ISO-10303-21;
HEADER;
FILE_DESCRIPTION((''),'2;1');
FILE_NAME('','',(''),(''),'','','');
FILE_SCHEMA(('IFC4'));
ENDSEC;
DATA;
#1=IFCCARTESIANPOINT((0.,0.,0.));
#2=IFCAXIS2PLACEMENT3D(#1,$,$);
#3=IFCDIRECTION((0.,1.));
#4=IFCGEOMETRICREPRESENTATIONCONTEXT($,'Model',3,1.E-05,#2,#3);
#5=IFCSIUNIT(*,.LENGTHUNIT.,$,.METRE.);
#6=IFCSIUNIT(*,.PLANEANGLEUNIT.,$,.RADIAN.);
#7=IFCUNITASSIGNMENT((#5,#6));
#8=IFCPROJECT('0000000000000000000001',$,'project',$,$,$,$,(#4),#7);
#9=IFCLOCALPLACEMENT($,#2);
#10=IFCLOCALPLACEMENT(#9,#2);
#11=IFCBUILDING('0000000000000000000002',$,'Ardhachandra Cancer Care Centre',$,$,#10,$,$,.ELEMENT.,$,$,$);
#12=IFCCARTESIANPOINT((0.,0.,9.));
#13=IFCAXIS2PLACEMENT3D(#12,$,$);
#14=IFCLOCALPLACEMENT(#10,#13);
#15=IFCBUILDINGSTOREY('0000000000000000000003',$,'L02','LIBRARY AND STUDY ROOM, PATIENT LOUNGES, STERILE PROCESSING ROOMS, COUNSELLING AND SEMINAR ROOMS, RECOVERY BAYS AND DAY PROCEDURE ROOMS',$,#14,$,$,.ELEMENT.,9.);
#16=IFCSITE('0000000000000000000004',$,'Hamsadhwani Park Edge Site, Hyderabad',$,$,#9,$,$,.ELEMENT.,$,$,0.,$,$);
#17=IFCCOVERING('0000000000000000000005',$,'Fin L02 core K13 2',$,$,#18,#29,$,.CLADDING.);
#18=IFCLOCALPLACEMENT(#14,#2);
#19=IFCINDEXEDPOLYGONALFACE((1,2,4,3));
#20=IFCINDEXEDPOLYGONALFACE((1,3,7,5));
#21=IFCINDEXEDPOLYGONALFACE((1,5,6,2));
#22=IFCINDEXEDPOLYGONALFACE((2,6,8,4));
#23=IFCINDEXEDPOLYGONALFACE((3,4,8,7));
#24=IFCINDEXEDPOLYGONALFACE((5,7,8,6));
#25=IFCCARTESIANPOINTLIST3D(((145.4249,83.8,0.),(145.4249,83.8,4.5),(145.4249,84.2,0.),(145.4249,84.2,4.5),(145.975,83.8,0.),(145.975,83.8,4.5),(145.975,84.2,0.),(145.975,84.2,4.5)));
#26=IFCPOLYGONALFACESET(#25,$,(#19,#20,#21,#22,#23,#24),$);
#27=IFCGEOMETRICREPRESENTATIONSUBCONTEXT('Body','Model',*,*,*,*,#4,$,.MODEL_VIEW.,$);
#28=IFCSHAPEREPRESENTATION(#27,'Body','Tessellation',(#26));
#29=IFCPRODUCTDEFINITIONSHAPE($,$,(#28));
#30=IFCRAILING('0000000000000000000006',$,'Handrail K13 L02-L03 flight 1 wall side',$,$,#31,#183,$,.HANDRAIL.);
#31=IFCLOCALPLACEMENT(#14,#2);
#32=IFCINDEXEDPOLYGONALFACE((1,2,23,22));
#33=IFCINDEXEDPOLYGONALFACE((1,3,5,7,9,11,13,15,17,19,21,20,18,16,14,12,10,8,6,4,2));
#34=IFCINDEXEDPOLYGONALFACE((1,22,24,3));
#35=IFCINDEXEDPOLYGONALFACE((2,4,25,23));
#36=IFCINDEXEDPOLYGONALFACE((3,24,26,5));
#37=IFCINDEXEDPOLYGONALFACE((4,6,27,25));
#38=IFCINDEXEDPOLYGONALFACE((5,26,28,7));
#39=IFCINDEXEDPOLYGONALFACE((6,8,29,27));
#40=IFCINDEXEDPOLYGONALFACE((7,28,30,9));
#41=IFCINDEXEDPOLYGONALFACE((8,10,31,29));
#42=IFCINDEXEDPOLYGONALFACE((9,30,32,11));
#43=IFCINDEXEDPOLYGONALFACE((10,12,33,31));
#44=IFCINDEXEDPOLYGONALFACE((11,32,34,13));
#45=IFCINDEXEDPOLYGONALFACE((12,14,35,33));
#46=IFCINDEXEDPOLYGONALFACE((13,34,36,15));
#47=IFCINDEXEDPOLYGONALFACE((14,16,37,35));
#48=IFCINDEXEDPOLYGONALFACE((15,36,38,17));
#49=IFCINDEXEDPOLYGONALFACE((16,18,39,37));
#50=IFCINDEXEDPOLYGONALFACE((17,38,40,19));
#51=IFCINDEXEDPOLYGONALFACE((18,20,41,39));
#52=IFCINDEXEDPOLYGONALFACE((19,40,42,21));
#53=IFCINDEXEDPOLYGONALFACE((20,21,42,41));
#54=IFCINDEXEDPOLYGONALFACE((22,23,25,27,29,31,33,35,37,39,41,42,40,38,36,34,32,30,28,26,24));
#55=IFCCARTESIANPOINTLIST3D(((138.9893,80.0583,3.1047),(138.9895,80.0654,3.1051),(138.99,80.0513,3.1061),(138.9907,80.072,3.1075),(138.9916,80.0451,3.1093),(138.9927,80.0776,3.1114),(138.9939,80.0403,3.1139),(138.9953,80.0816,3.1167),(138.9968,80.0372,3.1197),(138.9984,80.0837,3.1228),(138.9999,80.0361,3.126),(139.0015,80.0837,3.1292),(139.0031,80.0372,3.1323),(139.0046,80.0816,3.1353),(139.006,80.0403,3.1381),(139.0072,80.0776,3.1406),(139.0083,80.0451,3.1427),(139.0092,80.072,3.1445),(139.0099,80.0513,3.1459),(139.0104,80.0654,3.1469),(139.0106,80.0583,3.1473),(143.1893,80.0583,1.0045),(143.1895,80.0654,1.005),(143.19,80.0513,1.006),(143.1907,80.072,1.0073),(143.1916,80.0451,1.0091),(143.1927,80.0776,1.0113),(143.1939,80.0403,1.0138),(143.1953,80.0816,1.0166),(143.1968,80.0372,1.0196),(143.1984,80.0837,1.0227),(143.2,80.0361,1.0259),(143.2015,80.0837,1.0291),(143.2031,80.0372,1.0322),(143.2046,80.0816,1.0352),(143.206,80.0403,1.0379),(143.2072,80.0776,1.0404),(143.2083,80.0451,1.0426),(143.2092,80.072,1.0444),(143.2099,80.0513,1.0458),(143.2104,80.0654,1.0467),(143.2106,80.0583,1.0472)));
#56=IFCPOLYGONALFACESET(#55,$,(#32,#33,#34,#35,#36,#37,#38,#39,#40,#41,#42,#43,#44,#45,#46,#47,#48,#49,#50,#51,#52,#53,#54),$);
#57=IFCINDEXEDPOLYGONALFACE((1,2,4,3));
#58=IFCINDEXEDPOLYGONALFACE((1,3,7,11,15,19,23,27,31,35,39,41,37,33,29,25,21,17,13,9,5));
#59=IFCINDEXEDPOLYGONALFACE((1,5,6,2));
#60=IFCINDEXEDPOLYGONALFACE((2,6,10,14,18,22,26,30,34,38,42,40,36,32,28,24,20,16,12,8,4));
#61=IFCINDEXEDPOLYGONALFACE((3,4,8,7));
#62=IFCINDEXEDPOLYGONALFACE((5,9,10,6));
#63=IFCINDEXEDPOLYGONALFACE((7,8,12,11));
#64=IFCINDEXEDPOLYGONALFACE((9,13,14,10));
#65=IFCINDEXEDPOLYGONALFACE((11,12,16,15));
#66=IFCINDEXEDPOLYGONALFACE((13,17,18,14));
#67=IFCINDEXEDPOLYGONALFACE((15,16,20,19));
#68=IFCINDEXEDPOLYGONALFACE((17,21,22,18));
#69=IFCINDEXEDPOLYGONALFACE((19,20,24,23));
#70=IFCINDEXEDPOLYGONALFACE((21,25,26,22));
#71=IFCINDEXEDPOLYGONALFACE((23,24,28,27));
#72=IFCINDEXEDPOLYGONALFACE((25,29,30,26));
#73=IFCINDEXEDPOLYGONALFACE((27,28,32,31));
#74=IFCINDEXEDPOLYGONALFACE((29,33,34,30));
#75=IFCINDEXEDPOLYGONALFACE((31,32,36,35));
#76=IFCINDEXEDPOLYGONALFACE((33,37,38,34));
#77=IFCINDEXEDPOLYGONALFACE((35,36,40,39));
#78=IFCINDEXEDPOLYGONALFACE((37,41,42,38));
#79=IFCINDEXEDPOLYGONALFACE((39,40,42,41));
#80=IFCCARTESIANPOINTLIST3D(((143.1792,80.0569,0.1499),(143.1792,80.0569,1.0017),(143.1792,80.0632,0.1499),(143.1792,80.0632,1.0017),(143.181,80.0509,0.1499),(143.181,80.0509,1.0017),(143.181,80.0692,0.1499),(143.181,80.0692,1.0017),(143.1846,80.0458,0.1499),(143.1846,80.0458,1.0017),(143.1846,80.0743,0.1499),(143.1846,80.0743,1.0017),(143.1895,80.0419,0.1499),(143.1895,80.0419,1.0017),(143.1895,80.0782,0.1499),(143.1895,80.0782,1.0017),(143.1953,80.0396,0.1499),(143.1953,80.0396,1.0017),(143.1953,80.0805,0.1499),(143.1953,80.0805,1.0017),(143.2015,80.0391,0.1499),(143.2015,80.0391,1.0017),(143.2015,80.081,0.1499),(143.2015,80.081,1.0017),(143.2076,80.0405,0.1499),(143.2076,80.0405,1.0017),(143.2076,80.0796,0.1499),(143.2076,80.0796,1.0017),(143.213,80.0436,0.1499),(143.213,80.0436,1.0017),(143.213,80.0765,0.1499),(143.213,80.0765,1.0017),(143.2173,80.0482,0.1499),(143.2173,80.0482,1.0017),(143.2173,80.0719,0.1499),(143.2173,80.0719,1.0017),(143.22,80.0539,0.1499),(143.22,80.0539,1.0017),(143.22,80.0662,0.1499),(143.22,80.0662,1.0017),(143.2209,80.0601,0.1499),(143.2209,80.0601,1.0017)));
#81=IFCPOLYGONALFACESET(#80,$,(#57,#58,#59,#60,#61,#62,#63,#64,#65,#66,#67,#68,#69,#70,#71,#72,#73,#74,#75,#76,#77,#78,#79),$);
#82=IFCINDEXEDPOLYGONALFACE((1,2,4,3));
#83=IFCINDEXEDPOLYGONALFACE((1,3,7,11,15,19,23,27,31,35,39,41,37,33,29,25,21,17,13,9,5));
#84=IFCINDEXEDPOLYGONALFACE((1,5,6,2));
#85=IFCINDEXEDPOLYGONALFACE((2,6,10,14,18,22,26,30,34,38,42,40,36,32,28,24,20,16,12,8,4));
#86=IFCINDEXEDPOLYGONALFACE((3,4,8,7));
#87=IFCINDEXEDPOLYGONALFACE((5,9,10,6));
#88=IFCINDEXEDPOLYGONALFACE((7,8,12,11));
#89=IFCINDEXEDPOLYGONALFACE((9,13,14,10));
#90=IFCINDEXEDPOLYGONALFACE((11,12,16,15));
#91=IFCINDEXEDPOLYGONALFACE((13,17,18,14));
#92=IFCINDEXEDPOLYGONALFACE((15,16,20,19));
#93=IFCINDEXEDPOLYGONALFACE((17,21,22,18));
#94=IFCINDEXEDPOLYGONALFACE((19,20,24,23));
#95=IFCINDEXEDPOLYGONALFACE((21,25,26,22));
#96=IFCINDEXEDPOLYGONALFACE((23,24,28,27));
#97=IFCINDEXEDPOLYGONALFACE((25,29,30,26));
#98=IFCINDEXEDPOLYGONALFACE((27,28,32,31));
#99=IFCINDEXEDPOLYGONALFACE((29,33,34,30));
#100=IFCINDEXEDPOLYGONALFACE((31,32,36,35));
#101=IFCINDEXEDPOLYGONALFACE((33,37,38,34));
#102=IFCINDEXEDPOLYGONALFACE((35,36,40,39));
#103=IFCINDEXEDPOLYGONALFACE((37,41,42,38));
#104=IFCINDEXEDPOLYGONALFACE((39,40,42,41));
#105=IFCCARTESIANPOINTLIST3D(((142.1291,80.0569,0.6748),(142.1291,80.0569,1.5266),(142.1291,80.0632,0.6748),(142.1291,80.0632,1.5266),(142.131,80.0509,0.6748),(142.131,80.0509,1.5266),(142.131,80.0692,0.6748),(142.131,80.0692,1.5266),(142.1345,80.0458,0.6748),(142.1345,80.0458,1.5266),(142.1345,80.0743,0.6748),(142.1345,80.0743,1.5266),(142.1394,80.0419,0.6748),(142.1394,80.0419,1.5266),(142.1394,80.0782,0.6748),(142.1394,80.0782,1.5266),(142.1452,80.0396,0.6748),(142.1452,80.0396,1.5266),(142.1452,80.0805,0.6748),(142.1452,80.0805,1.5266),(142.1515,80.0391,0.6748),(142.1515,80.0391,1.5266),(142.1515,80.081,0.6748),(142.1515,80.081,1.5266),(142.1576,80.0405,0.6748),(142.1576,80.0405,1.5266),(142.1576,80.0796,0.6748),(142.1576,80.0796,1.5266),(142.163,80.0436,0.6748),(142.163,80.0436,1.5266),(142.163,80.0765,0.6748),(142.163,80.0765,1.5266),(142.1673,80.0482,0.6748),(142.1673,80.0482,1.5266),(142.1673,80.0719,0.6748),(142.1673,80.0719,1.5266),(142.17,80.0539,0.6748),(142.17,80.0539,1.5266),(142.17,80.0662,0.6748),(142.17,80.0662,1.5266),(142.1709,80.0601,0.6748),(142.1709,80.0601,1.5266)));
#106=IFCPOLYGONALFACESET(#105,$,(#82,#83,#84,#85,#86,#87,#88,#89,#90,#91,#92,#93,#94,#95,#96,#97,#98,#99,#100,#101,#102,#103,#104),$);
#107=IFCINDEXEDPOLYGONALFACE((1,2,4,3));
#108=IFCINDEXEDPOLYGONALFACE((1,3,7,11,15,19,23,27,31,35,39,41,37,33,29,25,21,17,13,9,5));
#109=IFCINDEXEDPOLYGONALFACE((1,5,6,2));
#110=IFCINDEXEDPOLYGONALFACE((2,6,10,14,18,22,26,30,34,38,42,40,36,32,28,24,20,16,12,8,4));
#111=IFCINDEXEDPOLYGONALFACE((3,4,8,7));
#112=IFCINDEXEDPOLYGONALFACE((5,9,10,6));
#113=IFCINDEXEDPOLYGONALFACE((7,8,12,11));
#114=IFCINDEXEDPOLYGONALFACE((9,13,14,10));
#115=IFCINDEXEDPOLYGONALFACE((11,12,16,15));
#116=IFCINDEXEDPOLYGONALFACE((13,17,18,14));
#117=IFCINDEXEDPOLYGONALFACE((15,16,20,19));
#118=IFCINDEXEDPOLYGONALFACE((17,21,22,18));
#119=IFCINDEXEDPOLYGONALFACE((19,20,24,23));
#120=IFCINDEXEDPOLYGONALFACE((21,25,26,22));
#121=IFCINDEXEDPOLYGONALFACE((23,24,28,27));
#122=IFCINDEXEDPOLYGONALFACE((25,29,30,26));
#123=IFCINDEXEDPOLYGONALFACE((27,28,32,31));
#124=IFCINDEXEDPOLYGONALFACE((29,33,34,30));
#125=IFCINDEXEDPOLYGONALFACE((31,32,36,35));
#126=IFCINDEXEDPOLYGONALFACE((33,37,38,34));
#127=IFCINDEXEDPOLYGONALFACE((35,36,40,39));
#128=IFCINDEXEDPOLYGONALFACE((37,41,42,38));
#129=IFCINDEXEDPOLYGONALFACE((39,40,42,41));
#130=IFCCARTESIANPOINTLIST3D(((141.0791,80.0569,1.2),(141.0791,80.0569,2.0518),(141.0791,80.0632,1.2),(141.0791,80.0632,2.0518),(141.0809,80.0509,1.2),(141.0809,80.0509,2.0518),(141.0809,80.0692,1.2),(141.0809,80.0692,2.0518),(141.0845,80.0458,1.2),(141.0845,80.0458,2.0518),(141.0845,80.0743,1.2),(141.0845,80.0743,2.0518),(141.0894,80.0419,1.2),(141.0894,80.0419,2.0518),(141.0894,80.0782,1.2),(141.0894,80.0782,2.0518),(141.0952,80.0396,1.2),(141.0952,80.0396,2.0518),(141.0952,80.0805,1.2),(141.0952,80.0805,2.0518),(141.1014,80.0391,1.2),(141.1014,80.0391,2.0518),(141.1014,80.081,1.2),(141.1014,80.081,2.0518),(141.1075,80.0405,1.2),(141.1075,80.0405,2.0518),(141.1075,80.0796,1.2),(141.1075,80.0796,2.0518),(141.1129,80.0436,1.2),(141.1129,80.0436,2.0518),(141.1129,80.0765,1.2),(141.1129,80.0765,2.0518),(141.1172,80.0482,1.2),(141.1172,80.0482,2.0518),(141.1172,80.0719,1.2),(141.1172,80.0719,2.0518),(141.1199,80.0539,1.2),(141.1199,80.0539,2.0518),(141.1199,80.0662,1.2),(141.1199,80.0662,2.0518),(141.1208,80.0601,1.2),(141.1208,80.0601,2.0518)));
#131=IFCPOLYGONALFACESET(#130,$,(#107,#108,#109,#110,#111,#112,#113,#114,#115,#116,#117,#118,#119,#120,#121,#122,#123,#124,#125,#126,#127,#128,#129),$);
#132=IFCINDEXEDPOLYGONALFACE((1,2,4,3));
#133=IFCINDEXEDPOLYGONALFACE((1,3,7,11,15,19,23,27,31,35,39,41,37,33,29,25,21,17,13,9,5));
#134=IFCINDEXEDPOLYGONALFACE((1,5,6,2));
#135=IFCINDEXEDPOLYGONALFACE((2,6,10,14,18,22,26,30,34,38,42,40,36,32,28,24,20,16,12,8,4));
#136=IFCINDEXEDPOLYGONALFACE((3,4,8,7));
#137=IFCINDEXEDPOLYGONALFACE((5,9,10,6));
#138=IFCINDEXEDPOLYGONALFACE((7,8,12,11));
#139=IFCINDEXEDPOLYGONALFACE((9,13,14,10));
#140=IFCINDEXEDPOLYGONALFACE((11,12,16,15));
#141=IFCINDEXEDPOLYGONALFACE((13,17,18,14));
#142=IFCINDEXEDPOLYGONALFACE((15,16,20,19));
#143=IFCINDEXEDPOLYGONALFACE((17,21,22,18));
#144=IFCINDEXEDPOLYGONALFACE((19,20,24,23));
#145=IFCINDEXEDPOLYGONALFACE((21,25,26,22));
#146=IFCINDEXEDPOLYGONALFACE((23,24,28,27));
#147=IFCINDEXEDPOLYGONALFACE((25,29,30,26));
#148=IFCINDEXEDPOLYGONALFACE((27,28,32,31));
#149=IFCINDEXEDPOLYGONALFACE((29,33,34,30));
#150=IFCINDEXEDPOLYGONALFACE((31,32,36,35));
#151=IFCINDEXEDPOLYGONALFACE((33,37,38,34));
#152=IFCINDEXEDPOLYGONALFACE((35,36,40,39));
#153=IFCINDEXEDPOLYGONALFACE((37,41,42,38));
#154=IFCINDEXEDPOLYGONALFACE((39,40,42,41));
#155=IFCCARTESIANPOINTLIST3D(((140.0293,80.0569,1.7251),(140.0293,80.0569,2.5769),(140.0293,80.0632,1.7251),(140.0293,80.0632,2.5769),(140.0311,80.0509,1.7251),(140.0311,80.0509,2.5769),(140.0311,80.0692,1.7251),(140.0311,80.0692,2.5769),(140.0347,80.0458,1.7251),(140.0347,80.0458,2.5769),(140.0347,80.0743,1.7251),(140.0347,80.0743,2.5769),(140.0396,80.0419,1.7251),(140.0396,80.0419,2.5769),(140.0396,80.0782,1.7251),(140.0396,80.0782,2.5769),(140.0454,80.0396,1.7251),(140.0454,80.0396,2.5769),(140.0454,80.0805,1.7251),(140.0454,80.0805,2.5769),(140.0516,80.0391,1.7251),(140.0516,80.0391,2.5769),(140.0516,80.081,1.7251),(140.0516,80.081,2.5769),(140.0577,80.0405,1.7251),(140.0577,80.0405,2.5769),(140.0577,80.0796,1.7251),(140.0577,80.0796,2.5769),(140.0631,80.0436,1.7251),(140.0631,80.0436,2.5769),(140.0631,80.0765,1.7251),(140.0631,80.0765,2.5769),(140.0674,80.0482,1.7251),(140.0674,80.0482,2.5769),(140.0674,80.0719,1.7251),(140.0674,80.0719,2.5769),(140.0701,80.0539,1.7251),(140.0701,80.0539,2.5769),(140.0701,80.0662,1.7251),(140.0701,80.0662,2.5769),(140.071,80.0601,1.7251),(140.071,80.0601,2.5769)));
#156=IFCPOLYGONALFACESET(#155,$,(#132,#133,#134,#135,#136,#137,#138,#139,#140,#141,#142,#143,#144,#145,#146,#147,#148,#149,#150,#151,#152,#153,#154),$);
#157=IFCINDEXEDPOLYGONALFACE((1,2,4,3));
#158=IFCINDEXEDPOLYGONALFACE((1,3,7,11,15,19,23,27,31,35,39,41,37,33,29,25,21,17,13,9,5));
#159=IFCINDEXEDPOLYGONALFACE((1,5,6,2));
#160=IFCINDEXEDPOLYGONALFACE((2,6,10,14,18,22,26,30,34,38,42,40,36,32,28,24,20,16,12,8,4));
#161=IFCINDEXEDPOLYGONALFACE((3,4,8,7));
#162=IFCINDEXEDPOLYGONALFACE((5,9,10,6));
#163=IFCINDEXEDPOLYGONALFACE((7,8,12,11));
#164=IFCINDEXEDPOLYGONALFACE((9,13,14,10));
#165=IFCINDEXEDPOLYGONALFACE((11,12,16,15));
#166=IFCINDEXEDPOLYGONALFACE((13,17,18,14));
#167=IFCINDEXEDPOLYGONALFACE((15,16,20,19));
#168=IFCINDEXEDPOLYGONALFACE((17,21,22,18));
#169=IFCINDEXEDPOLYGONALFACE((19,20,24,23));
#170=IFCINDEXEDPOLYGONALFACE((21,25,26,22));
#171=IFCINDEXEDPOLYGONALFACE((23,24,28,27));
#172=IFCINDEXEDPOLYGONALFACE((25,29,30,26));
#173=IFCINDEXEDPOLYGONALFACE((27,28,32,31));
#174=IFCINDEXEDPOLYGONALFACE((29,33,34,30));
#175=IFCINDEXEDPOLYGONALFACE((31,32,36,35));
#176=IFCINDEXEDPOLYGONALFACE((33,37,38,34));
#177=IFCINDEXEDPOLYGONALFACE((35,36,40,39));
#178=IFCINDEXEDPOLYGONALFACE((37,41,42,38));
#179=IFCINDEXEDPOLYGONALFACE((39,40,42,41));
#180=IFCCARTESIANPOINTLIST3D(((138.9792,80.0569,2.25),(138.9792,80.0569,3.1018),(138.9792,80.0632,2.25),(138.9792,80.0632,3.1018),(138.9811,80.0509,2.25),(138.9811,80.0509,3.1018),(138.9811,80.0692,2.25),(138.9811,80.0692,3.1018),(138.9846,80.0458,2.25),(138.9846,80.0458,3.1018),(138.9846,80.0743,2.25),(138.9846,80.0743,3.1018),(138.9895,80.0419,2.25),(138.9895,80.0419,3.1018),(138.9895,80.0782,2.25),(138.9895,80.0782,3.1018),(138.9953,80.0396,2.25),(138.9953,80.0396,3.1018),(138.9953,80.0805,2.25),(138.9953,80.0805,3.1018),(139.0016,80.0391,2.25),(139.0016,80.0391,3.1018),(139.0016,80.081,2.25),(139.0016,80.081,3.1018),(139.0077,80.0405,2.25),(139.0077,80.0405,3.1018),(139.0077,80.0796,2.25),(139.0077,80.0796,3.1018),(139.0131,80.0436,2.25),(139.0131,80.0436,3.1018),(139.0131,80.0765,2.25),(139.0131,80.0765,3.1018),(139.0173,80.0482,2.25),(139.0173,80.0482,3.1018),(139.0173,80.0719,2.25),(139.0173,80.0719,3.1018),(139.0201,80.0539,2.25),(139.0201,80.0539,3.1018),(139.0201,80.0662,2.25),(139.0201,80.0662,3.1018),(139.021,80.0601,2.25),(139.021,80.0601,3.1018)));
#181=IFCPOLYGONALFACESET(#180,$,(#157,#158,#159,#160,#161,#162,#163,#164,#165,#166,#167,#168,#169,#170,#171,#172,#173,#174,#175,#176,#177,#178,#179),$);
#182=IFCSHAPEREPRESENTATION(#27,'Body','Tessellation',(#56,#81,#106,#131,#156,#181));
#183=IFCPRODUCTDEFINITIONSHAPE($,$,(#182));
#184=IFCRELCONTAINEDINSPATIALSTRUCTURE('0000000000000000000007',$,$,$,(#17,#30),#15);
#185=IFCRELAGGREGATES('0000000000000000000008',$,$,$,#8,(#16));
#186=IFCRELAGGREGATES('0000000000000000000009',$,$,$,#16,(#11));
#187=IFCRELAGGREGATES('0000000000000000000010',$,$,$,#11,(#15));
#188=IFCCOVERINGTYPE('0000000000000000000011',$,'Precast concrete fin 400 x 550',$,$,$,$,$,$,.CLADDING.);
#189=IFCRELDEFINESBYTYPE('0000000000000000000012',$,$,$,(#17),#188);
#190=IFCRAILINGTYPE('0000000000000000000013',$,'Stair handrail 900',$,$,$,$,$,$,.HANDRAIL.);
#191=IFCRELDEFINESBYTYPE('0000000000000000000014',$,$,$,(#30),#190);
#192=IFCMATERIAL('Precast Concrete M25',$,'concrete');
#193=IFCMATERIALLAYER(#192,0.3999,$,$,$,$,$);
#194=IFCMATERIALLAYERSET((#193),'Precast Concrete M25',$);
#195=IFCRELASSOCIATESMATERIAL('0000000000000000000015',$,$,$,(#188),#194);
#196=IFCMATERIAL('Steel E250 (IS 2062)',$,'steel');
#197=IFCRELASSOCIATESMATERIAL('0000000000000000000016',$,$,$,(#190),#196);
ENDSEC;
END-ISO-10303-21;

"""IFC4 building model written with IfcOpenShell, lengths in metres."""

from ifc_helpers import new_model, si_unit, direction, frame, origin, origin_2d, place, context, subcontext, project, spatial, rectangle, circle, extrude, material, layer, layer_set, type_object, element, save


model = new_model("IFC4")

# Units and contexts
model_context = context("Model", 3, precision=1e-05, world=origin(), true_north=direction((0.0, 1.0)))
body_context = subcontext(model_context, "Body", "Model", "MODEL_VIEW")
ifc_project = project(units=[si_unit("LENGTHUNIT", "METRE"), si_unit("PLANEANGLEUNIT", "RADIAN")], contexts=[model_context])

# Site, building, storey
site_placement = place(None, origin())
site = spatial("IfcSite", under=ifc_project, at=site_placement, Name="Hamsadhwani Park Edge Site, Hyderabad", CompositionType="ELEMENT", RefElevation=0.0)
building_placement = place(site_placement, origin())
building = spatial("IfcBuilding", under=site, at=building_placement, Name="Ardhachandra Cancer Care Centre", CompositionType="ELEMENT")
storey_placement = place(building_placement, frame((0.0, 0.0, 9.0)))
storey = spatial("IfcBuildingStorey", under=building, at=storey_placement, Name="L02", Description="LIBRARY AND STUDY ROOM, PATIENT LOUNGES, STERILE PROCESSING ROOMS, COUNSELLING AND SEMINAR ROOMS, RECOVERY BAYS AND DAY PROCEDURE ROOMS", CompositionType="ELEMENT", Elevation=9.0)

# Covering
ifc_material_1 = material(Name="Precast Concrete M25", Category="concrete")
ifc_layer_1 = layer(ifc_material_1, 0.3999)
ifc_layer_set_1 = layer_set([ifc_layer_1], Name="Precast Concrete M25")
covering_type = type_object("IfcCoveringType", Name="Precast concrete fin 400 x 550", PredefinedType="CLADDING", material=ifc_layer_set_1)
for number, where, z_axis, x_axis, name in (
    (1, (145.7, 84.0, 0.0), (0.0, 0.0, 1.0), (0.0, 1.0, 0.0), "Fin L02 core K13 2"),
):
    element("IfcCovering", number, at=place(storey_placement, frame(where, z_axis=z_axis, x_axis=x_axis)), inside=storey, type_object=covering_type, Name=name, PredefinedType="CLADDING", context=body_context, shape_type="SweptSolid", body=[
        extrude(rectangle(XDim=0.3999, YDim=0.55, at=origin_2d()), origin(), (0.0, 0.0, 1.0), 4.5),
    ])

# Railing
ifc_material_2 = material(Name="Steel E250 (IS 2062)", Category="steel")
railing_type_1 = type_object("IfcRailingType", Name="Stair handrail 900", PredefinedType="HANDRAIL", material=ifc_material_2)
for number, where, name in (
    (2, (143.2, 80.0601, 0.1499), "Handrail K13 L02-L03 flight 1 wall side"),
):
    element("IfcRailing", number, at=place(storey_placement, frame(where)), inside=storey, type_object=railing_type_1, Name=name, PredefinedType="HANDRAIL", context=body_context, shape_type="SweptSolid", body=[
        extrude(circle(Radius=0.0239, at=origin_2d()), frame((0.0, 0.0, 0.876), z_axis=(-0.894417, 0.0, 0.447234), x_axis=(0.0, -1.0, 0.0)), (0.0, 0.0, 1.0), 4.6958),
        extrude(circle(Radius=0.021, at=origin_2d()), origin(), (0.0, 0.0, 1.0), 0.8518),
        extrude(circle(Radius=0.021, at=origin_2d()), frame((-1.05, 0.0, 0.5249)), (0.0, 0.0, 1.0), 0.8518),
        extrude(circle(Radius=0.021, at=origin_2d()), frame((-2.1001, 0.0, 1.05)), (0.0, 0.0, 1.0), 0.8518),
        extrude(circle(Radius=0.021, at=origin_2d()), frame((-3.1499, 0.0, 1.5752)), (0.0, 0.0, 1.0), 0.8518),
        extrude(circle(Radius=0.021, at=origin_2d()), frame((-4.2, 0.0, 2.1001)), (0.0, 0.0, 1.0), 0.8518),
    ])

save(model, "model.ifc")
